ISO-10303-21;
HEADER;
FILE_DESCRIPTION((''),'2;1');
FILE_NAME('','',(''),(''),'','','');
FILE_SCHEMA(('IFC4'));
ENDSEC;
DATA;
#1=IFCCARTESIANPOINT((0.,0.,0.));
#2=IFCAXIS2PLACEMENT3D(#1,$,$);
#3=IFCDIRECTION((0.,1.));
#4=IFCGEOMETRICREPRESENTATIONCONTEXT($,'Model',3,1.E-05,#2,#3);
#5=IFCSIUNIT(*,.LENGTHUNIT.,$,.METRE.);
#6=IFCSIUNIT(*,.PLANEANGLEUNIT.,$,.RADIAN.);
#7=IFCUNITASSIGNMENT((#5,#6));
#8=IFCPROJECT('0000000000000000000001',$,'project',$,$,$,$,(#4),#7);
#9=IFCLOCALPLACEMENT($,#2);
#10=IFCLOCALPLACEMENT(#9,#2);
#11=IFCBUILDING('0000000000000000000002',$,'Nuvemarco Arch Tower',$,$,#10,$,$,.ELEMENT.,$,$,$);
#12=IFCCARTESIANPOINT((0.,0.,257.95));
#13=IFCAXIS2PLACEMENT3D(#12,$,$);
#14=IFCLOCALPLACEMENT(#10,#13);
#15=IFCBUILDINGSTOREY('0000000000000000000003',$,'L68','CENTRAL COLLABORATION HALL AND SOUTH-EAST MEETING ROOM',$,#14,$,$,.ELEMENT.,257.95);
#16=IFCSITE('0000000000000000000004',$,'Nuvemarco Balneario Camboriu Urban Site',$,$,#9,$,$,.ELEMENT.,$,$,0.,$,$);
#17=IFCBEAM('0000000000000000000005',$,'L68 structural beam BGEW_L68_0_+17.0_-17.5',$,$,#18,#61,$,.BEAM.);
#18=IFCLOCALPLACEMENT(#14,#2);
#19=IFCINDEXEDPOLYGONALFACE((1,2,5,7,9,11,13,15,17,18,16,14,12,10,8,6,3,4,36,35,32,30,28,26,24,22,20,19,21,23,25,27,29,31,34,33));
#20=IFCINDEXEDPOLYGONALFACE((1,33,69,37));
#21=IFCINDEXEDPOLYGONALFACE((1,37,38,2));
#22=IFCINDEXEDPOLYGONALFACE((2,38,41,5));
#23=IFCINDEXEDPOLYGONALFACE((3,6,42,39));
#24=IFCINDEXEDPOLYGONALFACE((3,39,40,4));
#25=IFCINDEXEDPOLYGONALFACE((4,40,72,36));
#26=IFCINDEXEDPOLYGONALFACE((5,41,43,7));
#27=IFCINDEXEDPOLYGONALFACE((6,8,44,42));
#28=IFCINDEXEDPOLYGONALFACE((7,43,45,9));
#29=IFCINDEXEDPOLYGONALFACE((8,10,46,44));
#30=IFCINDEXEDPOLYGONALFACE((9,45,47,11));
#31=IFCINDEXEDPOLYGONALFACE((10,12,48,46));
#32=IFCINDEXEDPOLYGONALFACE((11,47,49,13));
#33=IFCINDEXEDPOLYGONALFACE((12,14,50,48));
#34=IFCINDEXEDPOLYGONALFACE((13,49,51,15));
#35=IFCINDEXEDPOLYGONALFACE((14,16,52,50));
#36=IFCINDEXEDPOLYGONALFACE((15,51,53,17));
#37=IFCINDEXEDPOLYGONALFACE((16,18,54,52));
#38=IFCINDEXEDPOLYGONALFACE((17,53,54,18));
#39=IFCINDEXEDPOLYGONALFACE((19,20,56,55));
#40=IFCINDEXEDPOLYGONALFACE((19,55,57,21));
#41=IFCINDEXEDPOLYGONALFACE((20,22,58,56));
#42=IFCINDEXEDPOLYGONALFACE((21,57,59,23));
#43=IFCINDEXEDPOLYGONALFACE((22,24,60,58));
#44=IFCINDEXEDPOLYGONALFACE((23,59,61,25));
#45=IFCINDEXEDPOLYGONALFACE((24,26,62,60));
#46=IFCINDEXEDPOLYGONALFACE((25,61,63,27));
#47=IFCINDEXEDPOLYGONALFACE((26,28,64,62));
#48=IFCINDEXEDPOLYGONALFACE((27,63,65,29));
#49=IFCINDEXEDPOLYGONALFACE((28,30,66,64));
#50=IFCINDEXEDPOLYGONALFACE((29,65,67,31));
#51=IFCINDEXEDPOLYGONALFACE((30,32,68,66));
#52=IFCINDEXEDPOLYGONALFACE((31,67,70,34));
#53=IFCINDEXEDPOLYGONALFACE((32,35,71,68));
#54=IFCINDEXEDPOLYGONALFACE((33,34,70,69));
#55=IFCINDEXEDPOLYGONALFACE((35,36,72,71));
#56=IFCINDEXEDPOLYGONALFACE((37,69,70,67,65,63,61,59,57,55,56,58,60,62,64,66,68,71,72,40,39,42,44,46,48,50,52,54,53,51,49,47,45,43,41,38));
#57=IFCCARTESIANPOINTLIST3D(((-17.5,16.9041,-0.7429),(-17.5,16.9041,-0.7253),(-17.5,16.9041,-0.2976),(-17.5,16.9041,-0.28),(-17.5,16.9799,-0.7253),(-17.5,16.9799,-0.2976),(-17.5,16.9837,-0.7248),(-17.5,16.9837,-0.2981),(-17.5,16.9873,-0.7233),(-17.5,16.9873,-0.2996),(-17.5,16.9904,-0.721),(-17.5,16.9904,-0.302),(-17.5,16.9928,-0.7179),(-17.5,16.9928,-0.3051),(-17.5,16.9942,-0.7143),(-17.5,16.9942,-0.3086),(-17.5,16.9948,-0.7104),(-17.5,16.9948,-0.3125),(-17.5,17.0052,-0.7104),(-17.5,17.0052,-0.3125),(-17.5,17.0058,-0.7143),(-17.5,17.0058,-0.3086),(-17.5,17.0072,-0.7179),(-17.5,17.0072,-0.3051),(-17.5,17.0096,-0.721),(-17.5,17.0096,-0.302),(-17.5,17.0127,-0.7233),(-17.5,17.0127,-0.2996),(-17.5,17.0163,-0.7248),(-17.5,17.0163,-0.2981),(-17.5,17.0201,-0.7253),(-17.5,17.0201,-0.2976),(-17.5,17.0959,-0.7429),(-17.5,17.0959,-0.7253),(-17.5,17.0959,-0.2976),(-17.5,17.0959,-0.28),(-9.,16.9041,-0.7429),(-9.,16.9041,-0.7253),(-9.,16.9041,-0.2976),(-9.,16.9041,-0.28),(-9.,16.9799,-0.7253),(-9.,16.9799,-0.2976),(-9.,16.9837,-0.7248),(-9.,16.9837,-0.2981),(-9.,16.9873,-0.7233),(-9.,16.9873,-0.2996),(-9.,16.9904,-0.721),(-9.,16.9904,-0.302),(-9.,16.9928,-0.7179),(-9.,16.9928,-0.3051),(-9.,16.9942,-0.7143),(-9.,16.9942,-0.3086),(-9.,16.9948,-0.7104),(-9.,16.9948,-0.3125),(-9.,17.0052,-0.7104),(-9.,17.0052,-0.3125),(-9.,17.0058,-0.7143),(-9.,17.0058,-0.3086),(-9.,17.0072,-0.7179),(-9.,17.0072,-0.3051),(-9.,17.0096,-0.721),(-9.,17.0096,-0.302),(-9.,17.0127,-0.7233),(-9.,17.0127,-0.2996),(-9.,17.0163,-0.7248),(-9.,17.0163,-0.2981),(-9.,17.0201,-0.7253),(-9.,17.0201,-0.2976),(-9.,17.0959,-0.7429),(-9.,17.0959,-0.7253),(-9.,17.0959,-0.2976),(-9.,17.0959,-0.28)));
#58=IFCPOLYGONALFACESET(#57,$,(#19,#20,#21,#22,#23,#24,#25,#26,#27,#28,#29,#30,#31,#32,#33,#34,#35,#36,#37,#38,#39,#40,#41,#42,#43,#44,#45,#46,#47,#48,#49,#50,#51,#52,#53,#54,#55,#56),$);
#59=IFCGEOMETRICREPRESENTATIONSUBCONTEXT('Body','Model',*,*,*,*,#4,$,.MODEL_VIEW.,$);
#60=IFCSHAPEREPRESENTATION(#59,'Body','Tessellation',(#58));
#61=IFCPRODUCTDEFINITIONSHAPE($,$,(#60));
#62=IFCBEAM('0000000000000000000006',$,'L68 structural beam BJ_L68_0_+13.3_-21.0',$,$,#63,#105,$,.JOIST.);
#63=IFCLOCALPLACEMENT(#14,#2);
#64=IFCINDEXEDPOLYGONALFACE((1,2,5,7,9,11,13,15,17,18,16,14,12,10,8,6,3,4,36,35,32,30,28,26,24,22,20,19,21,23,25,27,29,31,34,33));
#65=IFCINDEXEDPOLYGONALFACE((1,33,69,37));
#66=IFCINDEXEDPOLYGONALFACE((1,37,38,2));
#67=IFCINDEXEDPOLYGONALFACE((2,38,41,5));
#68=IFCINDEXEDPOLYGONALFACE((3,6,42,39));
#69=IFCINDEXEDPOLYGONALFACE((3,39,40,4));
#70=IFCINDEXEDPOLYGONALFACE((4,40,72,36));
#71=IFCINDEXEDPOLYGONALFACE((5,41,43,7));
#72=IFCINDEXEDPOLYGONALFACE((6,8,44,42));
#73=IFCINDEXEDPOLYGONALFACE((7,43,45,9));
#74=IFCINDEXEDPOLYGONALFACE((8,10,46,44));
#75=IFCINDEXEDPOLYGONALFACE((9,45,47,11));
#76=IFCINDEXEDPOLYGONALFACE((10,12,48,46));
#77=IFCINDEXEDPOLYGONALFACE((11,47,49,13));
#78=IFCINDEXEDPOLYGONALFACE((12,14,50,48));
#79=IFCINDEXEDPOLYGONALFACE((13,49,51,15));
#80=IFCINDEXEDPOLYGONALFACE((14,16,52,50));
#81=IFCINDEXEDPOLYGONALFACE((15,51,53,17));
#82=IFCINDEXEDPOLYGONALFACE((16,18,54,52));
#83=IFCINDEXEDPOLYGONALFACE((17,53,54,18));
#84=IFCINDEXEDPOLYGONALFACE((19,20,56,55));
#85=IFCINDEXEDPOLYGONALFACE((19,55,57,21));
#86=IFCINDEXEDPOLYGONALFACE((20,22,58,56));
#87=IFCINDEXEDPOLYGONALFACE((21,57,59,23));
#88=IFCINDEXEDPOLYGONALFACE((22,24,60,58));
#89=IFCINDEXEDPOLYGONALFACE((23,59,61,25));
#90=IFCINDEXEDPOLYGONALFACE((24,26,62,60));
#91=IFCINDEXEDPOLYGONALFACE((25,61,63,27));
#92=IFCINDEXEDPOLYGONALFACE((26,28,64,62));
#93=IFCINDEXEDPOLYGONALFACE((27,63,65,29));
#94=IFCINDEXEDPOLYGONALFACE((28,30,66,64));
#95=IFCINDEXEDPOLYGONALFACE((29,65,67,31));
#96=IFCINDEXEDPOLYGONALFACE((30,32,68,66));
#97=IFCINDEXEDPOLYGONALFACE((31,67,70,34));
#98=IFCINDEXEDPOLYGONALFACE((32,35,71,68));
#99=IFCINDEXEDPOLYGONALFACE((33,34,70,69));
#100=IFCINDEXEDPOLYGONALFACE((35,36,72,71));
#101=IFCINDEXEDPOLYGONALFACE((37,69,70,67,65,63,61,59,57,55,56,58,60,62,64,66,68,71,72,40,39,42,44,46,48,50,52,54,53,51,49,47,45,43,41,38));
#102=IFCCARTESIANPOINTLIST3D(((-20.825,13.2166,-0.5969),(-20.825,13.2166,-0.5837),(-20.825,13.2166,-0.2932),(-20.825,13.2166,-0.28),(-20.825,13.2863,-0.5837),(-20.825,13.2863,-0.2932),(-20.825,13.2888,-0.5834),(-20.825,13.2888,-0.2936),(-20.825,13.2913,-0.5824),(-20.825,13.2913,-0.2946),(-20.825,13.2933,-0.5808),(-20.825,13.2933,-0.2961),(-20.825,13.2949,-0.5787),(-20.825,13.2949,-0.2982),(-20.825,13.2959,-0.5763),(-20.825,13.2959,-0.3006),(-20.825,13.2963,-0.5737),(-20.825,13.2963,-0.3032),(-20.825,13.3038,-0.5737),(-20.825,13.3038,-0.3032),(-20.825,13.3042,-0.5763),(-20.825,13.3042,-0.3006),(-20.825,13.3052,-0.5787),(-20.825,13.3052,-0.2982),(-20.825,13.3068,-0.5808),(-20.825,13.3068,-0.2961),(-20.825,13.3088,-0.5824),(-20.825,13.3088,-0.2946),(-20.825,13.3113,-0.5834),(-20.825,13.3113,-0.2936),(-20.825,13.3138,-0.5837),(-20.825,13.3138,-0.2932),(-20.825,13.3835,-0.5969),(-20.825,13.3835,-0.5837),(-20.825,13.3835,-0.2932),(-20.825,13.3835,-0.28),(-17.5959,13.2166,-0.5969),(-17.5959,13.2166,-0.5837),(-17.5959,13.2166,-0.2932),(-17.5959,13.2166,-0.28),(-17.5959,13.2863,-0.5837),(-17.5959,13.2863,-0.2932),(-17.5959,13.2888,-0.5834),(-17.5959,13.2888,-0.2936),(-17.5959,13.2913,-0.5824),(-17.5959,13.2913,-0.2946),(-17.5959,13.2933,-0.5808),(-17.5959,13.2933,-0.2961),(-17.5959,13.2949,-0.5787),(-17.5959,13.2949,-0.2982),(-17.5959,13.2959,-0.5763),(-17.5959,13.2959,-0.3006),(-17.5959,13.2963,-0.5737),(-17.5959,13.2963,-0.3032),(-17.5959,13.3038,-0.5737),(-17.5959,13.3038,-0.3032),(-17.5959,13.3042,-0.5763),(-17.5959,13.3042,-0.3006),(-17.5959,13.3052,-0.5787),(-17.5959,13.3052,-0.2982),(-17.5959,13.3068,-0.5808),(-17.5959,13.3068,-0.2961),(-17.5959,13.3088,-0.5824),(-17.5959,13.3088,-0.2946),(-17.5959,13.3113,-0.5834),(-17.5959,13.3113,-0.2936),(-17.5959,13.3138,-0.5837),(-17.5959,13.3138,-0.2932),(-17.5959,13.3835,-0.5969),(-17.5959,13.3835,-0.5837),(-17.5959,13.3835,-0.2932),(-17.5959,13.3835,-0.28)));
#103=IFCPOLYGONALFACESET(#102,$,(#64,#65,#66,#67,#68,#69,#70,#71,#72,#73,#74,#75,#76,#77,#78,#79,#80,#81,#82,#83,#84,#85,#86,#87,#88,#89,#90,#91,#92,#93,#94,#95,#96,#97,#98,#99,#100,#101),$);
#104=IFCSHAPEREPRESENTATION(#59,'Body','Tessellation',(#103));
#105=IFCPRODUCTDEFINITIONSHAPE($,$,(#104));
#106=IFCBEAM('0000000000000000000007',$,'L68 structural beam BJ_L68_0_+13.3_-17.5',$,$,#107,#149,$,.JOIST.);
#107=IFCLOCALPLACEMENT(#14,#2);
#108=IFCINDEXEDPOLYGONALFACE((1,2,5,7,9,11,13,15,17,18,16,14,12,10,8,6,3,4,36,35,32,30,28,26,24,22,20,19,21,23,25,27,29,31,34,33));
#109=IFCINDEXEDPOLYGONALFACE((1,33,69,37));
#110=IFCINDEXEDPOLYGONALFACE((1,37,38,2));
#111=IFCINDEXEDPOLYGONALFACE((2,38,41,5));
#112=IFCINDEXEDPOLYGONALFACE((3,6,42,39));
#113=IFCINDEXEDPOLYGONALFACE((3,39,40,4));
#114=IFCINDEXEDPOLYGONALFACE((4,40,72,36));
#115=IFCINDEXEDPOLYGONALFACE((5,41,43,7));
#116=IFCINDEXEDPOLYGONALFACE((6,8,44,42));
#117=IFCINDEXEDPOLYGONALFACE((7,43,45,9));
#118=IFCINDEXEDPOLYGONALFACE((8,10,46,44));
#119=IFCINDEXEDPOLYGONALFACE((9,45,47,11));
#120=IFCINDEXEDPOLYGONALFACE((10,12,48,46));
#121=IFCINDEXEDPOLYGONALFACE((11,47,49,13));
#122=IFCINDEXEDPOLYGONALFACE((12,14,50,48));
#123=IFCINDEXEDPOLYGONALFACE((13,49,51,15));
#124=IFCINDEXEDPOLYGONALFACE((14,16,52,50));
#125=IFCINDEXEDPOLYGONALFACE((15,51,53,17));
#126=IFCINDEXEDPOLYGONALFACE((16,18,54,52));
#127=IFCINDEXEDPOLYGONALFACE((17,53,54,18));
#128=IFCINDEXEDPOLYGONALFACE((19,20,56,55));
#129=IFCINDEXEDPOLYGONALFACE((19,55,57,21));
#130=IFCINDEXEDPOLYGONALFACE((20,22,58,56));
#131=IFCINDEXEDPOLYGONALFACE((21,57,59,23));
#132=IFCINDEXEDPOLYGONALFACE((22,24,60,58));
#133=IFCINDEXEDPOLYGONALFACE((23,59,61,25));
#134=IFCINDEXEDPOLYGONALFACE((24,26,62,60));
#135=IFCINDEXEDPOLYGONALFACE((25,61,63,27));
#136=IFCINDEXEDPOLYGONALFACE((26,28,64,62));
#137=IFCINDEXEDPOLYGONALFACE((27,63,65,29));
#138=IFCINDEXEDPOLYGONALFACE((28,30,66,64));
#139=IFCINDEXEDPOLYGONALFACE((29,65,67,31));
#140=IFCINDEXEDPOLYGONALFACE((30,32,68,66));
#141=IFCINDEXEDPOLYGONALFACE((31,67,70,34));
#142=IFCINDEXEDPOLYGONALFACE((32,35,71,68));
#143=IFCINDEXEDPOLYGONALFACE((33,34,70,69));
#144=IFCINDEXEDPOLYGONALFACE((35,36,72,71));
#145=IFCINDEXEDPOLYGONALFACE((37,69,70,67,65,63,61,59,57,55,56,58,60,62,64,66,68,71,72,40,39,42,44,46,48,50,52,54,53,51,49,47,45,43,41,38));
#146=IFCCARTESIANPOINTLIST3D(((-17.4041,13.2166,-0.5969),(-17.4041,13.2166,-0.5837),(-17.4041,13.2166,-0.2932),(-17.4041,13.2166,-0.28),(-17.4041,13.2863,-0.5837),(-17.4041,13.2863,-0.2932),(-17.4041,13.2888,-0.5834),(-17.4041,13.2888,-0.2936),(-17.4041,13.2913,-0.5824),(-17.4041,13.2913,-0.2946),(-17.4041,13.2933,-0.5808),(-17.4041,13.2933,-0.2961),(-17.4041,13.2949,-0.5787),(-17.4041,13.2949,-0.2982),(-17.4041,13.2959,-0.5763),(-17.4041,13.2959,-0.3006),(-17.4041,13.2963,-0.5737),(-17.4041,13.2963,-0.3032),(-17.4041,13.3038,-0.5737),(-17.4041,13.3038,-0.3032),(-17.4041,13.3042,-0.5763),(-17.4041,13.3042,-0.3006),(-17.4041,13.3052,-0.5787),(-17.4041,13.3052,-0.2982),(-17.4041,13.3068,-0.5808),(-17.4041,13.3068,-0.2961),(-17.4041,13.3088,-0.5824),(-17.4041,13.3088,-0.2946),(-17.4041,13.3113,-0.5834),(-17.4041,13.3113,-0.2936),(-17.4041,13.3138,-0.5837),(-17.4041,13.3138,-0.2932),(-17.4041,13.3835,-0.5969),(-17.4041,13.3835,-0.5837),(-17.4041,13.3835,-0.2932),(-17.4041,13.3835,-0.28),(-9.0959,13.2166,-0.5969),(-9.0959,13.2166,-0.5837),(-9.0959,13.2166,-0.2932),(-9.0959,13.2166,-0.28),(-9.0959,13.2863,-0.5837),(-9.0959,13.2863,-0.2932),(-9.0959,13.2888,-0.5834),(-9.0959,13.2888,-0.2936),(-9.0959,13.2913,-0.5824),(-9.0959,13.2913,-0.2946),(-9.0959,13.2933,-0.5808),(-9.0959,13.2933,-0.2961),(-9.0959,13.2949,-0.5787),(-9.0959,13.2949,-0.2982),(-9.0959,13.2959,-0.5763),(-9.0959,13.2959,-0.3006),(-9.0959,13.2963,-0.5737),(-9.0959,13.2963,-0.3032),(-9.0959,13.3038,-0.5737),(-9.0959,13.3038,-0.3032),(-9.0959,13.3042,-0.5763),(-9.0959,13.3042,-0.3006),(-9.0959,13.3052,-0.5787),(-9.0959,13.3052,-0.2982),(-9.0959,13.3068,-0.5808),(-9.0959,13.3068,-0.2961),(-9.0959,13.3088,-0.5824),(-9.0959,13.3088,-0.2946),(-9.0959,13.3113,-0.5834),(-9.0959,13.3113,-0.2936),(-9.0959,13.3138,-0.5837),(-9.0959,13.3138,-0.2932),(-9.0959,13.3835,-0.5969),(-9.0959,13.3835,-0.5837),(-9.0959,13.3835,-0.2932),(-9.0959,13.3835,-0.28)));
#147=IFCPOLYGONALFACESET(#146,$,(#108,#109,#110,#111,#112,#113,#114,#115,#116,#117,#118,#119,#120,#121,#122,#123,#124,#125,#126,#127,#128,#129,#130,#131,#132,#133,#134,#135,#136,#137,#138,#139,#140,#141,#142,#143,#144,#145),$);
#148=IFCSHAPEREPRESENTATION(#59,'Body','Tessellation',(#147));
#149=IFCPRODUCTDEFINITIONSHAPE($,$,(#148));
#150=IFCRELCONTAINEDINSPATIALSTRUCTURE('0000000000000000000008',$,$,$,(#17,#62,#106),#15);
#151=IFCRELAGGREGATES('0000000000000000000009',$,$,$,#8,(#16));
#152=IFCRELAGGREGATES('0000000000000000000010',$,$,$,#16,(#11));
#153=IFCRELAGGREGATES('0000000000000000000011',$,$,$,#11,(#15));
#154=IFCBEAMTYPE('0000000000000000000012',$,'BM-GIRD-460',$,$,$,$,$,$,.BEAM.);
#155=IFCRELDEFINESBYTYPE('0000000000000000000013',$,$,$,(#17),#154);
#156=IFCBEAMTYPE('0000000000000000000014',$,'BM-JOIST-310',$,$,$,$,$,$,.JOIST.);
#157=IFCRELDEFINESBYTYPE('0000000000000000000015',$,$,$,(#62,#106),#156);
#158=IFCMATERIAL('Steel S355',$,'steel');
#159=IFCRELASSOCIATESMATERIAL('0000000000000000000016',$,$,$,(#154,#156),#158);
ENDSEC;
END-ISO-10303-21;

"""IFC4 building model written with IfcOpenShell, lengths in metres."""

from ifc_helpers import new_model, si_unit, direction, frame, origin, origin_2d, place, context, subcontext, project, spatial, i_section, extrude, material, material_profile, profile_set, type_object, element, save


model = new_model("IFC4")

# Units and contexts
model_context = context("Model", 3, precision=1e-05, world=origin(), true_north=direction((0.0, 1.0)))
body_context = subcontext(model_context, "Body", "Model", "MODEL_VIEW")
ifc_project = project(units=[si_unit("LENGTHUNIT", "METRE"), si_unit("PLANEANGLEUNIT", "RADIAN")], contexts=[model_context])

# Site, building, storey
site_placement = place(None, origin())
site = spatial("IfcSite", under=ifc_project, at=site_placement, Name="Nuvemarco Balneario Camboriu Urban Site", CompositionType="ELEMENT", RefElevation=0.0)
building_placement = place(site_placement, origin())
building = spatial("IfcBuilding", under=site, at=building_placement, Name="Nuvemarco Arch Tower", CompositionType="ELEMENT")
storey_placement = place(building_placement, frame((0.0, 0.0, 257.95)))
storey = spatial("IfcBuildingStorey", under=building, at=storey_placement, Name="L68", Description="CENTRAL COLLABORATION HALL AND SOUTH-EAST MEETING ROOM", CompositionType="ELEMENT", Elevation=257.95)

# Shared definitions
ifc_material_1 = material(Name="Steel S355", Category="steel")

# Beams
ifc_material_profile_1 = material_profile(ifc_material_1, i_section(OverallWidth=0.1919, OverallDepth=0.4629, WebThickness=0.0105, FlangeThickness=0.0176, FilletRadius=0.0149, at=origin_2d()), Name="W460x89")
ifc_profile_set_1 = profile_set([ifc_material_profile_1], Name="Steel S355")
beam_type_1 = type_object("IfcBeamType", Name="BM-GIRD-460", PredefinedType="BEAM", material=ifc_profile_set_1)
beam_1_placement = place(storey_placement, frame((-17.5, 17.0, -0.5115), z_axis=(1.0, 0.0, 0.0), x_axis=(0.0, 1.0, 0.0)))
element("IfcBeam", 1, at=beam_1_placement, inside=storey, type_object=beam_type_1, Name="L68 structural beam BGEW_L68_0_+17.0_-17.5", PredefinedType="BEAM", context=body_context, shape_type="SweptSolid", body=[
    extrude(i_section(OverallWidth=0.1919, OverallDepth=0.4629, WebThickness=0.0105, FlangeThickness=0.0176, FilletRadius=0.0149, at=origin_2d()), origin(), (0.0, 0.0, 1.0), 8.5),
])
ifc_material_profile_2 = material_profile(ifc_material_1, i_section(OverallWidth=0.167, OverallDepth=0.3169, WebThickness=0.0076, FlangeThickness=0.0132, FilletRadius=0.01, at=origin_2d()), Name="W310x52")
ifc_profile_set_2 = profile_set([ifc_material_profile_2], Name="Steel S355")
beam_type_2 = type_object("IfcBeamType", Name="BM-JOIST-310", PredefinedType="JOIST", material=ifc_profile_set_2)
beam_2_placement = place(storey_placement, frame((-20.825, 13.3, -0.4385), z_axis=(1.0, 0.0, 0.0), x_axis=(0.0, 1.0, 0.0)))
element("IfcBeam", 2, at=beam_2_placement, inside=storey, type_object=beam_type_2, Name="L68 structural beam BJ_L68_0_+13.3_-21.0", PredefinedType="JOIST", context=body_context, shape_type="SweptSolid", body=[
    extrude(i_section(OverallWidth=0.167, OverallDepth=0.3169, WebThickness=0.0076, FlangeThickness=0.0132, FilletRadius=0.01, at=origin_2d()), origin(), (0.0, 0.0, 1.0), 3.229),
])
beam_3_placement = place(storey_placement, frame((-17.4041, 13.3, -0.4385), z_axis=(1.0, 0.0, 0.0), x_axis=(0.0, 1.0, 0.0)))
element("IfcBeam", 3, at=beam_3_placement, inside=storey, type_object=beam_type_2, Name="L68 structural beam BJ_L68_0_+13.3_-17.5", PredefinedType="JOIST", context=body_context, shape_type="SweptSolid", body=[
    extrude(i_section(OverallWidth=0.167, OverallDepth=0.3169, WebThickness=0.0076, FlangeThickness=0.0132, FilletRadius=0.01, at=origin_2d()), origin(), (0.0, 0.0, 1.0), 8.3081),
])

save(model, "model.ifc")
